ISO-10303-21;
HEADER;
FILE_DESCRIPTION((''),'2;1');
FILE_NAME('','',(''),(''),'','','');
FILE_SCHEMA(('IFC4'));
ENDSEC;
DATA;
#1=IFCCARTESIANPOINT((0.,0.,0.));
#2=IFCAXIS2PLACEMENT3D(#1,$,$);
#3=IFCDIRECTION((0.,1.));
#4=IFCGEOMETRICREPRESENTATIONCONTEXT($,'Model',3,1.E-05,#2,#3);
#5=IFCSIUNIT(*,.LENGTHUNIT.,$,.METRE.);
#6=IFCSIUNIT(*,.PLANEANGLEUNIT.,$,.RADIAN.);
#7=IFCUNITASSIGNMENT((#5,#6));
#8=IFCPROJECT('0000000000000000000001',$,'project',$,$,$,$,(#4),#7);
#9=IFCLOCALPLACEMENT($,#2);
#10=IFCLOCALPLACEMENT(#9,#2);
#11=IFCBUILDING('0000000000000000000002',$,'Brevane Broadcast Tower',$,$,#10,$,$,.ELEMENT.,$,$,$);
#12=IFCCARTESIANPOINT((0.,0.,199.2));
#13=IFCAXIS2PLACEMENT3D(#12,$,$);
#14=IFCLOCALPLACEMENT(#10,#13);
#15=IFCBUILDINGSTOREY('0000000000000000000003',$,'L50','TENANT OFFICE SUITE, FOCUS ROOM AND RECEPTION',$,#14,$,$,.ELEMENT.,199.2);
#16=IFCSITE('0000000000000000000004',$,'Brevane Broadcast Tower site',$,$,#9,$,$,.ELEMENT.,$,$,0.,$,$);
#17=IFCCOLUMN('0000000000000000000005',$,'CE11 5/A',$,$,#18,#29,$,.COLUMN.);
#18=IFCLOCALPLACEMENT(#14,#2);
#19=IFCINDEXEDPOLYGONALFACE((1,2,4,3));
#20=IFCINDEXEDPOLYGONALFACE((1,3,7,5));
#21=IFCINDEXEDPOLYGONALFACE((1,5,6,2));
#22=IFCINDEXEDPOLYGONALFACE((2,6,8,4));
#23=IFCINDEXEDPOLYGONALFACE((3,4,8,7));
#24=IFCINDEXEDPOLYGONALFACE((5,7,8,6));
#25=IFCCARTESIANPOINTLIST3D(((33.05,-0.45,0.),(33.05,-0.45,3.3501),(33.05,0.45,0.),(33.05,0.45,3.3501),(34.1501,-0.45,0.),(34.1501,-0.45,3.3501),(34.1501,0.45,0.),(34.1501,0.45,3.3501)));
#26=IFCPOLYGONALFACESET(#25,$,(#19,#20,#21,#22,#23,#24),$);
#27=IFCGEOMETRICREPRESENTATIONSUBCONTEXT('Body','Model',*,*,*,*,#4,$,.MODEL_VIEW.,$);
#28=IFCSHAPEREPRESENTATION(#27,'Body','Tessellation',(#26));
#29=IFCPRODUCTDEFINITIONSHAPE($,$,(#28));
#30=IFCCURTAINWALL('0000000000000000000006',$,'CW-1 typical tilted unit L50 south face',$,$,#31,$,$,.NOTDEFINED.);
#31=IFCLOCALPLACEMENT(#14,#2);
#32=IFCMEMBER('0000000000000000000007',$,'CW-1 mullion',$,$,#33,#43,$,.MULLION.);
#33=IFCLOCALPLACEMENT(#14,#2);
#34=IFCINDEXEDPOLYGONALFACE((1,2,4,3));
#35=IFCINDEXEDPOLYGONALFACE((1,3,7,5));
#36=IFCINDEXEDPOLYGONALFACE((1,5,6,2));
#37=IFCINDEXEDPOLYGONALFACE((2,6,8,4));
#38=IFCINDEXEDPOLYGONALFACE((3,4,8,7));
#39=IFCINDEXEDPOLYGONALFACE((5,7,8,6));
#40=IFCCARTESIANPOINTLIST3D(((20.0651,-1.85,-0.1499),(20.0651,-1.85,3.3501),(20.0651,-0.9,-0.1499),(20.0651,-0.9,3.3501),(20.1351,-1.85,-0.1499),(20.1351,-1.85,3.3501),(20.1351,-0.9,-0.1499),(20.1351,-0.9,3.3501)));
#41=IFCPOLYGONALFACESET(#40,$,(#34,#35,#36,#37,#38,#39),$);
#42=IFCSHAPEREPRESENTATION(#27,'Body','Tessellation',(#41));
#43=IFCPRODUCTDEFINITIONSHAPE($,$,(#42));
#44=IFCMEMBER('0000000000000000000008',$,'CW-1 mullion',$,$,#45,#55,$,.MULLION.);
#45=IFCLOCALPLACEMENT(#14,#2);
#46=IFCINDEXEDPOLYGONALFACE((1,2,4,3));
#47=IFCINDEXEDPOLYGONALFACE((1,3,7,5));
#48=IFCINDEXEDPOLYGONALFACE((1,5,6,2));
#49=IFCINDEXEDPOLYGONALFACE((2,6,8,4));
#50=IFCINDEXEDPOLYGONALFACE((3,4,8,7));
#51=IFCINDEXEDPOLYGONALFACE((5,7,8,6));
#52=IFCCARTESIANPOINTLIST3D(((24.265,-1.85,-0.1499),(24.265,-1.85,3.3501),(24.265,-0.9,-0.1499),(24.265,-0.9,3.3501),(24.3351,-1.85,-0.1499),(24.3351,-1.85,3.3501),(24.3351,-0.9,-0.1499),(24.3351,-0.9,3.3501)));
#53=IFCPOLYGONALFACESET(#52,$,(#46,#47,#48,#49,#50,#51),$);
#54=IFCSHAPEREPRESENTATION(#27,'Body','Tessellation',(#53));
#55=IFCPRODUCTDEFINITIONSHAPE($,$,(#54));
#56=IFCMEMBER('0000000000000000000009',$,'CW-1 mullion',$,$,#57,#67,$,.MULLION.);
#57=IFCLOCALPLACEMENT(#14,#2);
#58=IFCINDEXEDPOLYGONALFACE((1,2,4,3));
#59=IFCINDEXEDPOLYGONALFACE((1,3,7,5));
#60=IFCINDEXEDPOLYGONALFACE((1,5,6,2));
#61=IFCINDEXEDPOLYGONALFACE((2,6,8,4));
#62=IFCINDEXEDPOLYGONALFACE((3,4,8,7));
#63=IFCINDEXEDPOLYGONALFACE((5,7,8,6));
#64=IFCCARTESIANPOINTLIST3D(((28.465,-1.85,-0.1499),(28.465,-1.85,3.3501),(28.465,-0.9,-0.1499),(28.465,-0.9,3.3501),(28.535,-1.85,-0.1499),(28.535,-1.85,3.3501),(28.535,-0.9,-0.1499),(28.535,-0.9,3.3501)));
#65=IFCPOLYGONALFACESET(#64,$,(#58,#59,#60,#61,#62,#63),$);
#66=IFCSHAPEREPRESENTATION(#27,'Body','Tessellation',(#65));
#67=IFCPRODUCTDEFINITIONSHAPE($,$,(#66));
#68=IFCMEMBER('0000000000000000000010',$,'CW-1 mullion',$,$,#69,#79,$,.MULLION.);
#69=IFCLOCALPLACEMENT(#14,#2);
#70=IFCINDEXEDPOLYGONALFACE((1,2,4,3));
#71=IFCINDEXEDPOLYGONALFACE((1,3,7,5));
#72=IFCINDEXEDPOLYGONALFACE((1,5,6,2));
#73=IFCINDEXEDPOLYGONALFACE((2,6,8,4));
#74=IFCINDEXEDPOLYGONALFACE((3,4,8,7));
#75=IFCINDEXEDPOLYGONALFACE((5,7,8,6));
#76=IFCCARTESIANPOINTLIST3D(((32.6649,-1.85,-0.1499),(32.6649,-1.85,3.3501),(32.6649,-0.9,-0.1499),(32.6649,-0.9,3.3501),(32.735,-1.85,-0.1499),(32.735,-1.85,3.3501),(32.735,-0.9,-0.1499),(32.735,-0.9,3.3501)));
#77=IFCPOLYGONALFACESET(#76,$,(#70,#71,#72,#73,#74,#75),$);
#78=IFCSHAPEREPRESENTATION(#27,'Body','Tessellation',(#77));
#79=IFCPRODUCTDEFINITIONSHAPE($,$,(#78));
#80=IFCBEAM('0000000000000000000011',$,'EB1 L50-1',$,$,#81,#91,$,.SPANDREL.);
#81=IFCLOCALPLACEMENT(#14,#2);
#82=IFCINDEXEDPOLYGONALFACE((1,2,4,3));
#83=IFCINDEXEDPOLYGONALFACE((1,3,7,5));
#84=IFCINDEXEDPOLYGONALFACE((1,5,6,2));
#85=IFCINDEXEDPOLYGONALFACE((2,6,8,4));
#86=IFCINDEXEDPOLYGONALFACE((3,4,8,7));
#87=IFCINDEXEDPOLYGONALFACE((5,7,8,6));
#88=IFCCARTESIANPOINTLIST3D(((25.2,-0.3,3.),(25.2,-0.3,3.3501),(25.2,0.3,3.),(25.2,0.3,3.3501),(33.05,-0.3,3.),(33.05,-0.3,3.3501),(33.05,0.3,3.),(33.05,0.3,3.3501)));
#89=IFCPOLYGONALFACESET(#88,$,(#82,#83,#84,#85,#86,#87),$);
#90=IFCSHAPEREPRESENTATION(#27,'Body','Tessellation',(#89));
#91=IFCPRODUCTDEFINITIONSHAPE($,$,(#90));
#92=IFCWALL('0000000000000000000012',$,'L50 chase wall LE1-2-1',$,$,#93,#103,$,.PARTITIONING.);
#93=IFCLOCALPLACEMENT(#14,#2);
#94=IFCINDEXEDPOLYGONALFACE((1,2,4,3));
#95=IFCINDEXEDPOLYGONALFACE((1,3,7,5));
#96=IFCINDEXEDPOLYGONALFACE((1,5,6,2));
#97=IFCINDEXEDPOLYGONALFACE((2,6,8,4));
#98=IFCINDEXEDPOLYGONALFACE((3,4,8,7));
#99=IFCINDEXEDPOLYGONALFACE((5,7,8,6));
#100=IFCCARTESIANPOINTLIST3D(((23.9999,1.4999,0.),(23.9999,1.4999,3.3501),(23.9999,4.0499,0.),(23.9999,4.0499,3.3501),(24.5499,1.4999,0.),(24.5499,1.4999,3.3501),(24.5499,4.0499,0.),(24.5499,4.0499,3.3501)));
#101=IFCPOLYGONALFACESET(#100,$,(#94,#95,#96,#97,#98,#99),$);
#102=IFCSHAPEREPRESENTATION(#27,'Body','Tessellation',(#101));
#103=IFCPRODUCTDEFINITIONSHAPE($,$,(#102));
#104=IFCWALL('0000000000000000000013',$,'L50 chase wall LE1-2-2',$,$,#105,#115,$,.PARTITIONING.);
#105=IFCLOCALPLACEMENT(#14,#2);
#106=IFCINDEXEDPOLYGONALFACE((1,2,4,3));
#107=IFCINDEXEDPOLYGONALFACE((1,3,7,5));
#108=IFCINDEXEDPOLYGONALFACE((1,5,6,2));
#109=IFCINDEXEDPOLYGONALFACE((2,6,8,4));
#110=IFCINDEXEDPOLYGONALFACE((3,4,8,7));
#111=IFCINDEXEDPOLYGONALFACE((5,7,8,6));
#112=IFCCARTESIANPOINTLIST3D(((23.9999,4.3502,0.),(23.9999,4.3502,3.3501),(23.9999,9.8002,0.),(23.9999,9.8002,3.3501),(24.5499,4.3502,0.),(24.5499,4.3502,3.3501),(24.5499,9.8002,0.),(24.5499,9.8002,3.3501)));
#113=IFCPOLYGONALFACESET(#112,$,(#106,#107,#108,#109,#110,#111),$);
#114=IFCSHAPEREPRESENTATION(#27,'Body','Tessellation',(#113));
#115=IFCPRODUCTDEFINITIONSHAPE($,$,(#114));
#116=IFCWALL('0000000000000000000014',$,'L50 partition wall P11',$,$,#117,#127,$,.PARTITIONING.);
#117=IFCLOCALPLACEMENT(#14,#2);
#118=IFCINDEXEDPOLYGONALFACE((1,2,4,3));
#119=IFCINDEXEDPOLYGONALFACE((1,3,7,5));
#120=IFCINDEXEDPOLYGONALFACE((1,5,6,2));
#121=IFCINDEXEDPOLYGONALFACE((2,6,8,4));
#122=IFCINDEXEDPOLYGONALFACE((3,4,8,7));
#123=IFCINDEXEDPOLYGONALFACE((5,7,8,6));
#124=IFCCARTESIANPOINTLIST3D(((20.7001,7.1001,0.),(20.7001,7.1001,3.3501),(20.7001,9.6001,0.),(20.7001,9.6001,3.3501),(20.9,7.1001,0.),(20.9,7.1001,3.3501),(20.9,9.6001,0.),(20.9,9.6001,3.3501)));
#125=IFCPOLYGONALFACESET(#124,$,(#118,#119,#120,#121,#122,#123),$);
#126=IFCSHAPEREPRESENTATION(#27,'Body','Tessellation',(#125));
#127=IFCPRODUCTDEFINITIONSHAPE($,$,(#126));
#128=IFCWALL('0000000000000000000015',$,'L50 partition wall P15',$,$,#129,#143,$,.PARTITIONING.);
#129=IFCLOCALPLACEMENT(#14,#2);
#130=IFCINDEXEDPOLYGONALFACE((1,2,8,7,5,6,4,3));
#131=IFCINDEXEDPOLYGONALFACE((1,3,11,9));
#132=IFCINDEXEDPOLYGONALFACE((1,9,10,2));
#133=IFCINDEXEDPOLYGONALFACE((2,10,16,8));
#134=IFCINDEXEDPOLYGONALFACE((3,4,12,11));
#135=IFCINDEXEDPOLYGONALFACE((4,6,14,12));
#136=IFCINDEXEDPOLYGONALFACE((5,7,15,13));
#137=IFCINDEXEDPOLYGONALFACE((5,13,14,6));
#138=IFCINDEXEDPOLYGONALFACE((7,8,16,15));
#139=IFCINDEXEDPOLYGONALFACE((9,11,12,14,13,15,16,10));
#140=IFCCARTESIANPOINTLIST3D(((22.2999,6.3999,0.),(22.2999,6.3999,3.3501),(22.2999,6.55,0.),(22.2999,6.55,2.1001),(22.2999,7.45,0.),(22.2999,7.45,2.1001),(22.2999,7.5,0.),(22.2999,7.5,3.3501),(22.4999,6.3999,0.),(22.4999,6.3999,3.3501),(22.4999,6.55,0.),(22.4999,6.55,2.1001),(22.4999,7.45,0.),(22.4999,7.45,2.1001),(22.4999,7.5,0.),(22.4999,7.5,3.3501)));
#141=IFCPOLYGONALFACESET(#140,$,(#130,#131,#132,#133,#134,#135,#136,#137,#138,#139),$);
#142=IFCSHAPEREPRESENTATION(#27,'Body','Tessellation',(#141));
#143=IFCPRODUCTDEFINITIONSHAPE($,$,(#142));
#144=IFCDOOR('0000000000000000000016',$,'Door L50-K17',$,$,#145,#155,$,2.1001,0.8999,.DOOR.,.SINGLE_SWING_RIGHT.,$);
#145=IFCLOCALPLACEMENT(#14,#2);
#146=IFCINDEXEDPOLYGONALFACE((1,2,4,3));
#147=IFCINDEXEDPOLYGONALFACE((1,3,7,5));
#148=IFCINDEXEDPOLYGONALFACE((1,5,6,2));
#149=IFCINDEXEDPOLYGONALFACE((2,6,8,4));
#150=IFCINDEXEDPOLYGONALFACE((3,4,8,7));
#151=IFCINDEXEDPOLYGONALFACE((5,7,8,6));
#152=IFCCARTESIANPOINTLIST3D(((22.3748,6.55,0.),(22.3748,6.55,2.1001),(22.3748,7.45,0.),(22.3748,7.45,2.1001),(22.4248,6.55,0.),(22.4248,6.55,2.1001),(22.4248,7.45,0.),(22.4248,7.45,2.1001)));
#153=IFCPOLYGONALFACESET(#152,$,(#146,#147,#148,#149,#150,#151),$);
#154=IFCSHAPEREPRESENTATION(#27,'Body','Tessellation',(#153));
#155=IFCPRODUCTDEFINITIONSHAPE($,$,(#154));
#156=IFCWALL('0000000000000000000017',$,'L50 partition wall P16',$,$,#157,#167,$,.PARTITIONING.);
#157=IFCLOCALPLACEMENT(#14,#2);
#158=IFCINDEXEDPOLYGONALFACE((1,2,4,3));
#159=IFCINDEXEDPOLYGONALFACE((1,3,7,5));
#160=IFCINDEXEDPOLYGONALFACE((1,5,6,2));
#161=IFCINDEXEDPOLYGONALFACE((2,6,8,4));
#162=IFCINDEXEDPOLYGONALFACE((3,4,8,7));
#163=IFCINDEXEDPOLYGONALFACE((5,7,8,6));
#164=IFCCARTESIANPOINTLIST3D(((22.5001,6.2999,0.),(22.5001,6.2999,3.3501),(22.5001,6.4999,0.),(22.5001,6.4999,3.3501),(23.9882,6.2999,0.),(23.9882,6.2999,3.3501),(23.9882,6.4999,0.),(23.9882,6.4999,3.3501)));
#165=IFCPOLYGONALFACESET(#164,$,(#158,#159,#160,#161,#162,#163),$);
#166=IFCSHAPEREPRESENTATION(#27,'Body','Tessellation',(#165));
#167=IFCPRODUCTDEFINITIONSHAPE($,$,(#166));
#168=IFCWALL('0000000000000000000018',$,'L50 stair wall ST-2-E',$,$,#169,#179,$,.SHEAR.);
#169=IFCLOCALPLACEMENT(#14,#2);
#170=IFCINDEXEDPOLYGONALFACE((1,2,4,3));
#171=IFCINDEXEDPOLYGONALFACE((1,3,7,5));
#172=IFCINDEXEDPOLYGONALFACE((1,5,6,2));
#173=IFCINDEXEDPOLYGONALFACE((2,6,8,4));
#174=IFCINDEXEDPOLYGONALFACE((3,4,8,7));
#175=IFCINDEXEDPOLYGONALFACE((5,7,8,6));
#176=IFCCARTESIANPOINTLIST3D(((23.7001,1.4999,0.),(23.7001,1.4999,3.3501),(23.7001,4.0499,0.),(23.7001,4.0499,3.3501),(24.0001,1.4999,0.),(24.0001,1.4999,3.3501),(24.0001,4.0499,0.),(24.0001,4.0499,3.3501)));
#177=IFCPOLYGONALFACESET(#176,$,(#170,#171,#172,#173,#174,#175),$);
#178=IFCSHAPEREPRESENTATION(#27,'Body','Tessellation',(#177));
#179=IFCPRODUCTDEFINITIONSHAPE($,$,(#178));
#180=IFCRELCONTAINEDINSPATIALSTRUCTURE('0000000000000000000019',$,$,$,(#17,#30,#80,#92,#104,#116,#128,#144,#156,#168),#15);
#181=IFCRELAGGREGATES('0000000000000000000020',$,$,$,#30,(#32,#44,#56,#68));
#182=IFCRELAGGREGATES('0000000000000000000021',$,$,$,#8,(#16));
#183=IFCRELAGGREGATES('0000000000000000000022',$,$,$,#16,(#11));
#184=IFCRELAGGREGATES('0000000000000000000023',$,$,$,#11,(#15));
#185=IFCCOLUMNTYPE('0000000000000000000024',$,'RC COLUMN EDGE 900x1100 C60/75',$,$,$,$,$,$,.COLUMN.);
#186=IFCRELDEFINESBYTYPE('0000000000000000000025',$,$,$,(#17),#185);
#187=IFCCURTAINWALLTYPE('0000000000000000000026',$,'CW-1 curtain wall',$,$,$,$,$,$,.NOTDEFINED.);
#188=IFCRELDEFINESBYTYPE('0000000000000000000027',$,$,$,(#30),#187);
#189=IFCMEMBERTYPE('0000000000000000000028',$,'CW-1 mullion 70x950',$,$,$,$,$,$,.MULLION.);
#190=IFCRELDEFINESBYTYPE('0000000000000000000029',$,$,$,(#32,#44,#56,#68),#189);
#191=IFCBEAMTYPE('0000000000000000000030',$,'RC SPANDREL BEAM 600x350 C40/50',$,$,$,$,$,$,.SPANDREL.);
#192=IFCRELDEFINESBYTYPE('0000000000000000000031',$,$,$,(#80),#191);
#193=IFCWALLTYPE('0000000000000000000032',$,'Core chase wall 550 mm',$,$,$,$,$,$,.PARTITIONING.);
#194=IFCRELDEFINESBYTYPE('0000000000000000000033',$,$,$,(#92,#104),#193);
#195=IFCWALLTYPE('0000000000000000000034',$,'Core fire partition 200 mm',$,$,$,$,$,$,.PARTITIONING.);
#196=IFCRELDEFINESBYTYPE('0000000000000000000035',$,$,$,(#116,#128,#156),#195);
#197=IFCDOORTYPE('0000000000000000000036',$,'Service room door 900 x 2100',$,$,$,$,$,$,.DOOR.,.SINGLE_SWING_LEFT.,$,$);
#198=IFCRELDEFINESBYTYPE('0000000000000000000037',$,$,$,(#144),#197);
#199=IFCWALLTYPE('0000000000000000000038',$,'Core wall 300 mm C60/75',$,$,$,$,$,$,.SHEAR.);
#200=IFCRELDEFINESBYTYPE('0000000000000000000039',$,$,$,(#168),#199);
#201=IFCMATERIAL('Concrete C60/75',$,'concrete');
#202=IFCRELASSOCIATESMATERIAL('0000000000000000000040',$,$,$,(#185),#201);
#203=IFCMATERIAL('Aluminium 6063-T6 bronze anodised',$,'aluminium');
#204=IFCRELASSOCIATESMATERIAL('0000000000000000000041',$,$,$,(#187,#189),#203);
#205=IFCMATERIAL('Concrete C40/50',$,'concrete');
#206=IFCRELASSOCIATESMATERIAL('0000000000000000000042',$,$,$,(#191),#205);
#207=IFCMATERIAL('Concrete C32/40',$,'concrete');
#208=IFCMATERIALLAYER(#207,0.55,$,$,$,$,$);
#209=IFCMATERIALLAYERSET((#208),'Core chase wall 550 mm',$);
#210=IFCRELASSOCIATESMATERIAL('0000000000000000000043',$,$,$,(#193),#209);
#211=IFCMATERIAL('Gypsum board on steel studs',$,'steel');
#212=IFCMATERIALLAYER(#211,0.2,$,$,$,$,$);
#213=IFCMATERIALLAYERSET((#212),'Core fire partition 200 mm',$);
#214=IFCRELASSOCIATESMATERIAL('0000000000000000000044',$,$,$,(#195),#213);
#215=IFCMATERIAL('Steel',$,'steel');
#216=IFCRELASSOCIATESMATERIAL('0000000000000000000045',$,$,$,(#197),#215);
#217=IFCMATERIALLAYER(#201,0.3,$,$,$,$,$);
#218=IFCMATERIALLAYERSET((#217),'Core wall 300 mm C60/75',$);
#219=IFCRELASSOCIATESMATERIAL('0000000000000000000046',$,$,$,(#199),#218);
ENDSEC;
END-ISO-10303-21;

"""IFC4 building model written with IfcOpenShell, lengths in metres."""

from ifc_helpers import new_model, si_unit, direction, frame, frame_2d, origin, origin_2d, place, context, subcontext, project, spatial, rectangle, extrude, material, layer, layer_set, material_profile, profile_set, type_object, element, fill, aggregate, save


model = new_model("IFC4")

# Units and contexts
model_context = context("Model", 3, precision=1e-05, world=origin(), true_north=direction((0.0, 1.0)))
body_context = subcontext(model_context, "Body", "Model", "MODEL_VIEW")
ifc_project = project(units=[si_unit("LENGTHUNIT", "METRE"), si_unit("PLANEANGLEUNIT", "RADIAN")], contexts=[model_context])

# Site, building, storey
site_placement = place(None, origin())
site = spatial("IfcSite", under=ifc_project, at=site_placement, Name="Brevane Broadcast Tower site", CompositionType="ELEMENT", RefElevation=0.0)
building_placement = place(site_placement, origin())
building = spatial("IfcBuilding", under=site, at=building_placement, Name="Brevane Broadcast Tower", CompositionType="ELEMENT")
storey_placement = place(building_placement, frame((0.0, 0.0, 199.2)))
storey = spatial("IfcBuildingStorey", under=building, at=storey_placement, Name="L50", Description="TENANT OFFICE SUITE, FOCUS ROOM AND RECEPTION", CompositionType="ELEMENT", Elevation=199.2)

# Column
ifc_material_1 = material(Name="Concrete C60/75", Category="concrete")
ifc_material_profile_1 = material_profile(ifc_material_1, rectangle(XDim=0.8999, YDim=1.1001, at=origin_2d()), Name="RC 900x1100")
ifc_profile_set_1 = profile_set([ifc_material_profile_1], Name="Concrete C60/75")
column_type = type_object("IfcColumnType", Name="RC COLUMN EDGE 900x1100 C60/75", PredefinedType="COLUMN", material=ifc_profile_set_1)
column_placement = place(storey_placement, frame((33.6001, 0.0, 0.0), z_axis=(0.0, 0.0, 1.0), x_axis=(0.0, 1.0, 0.0)))
element("IfcColumn", 1, at=column_placement, inside=storey, type_object=column_type, Name="CE11 5/A", PredefinedType="COLUMN", context=body_context, shape_type="SweptSolid", body=[
    extrude(rectangle(XDim=0.8999, YDim=1.1001, at=origin_2d()), origin(), (0.0, 0.0, 1.0), 3.3501),
])

# Curtain wall, members
ifc_material_2 = material(Name="Aluminium 6063-T6 bronze anodised", Category="aluminium")
curtain_wall_type = type_object("IfcCurtainWallType", Name="CW-1 curtain wall", PredefinedType="NOTDEFINED", material=ifc_material_2)
curtain_wall_placement = place(storey_placement, origin())
curtain_wall = element("IfcCurtainWall", 2, at=curtain_wall_placement, inside=storey, type_object=curtain_wall_type, Name="CW-1 typical tilted unit L50 south face", PredefinedType="NOTDEFINED")
ifc_material_profile_2 = material_profile(ifc_material_2, rectangle(XDim=0.95, YDim=0.0701, at=origin_2d()), Name="RECT 70x950")
ifc_profile_set_2 = profile_set([ifc_material_profile_2], Name="Aluminium 6063-T6 bronze anodised")
member_type = type_object("IfcMemberType", Name="CW-1 mullion 70x950", PredefinedType="MULLION", material=ifc_profile_set_2)
member_1_placement = place(storey_placement, frame((20.1001, -1.375, -0.1499), z_axis=(0.0, 0.0, 1.0), x_axis=(0.0, 1.0, 0.0)))
member_1 = element("IfcMember", 3, at=member_1_placement, type_object=member_type, Name="CW-1 mullion", PredefinedType="MULLION", context=body_context, shape_type="SweptSolid", body=[
    extrude(rectangle(XDim=0.95, YDim=0.0701, at=origin_2d()), origin(), (0.0, 0.0, 1.0), 3.5),
])
member_2_placement = place(storey_placement, frame((24.3, -1.375, -0.1499), z_axis=(0.0, 0.0, 1.0), x_axis=(0.0, 1.0, 0.0)))
member_2 = element("IfcMember", 4, at=member_2_placement, type_object=member_type, Name="CW-1 mullion", PredefinedType="MULLION", context=body_context, shape_type="SweptSolid", body=[
    extrude(rectangle(XDim=0.95, YDim=0.0701, at=origin_2d()), origin(), (0.0, 0.0, 1.0), 3.5),
])
member_3_placement = place(storey_placement, frame((28.5, -1.375, -0.1499), z_axis=(0.0, 0.0, 1.0), x_axis=(0.0, 1.0, 0.0)))
member_3 = element("IfcMember", 5, at=member_3_placement, type_object=member_type, Name="CW-1 mullion", PredefinedType="MULLION", context=body_context, shape_type="SweptSolid", body=[
    extrude(rectangle(XDim=0.95, YDim=0.0701, at=origin_2d()), origin(), (0.0, 0.0, 1.0), 3.5),
])
member_4_placement = place(storey_placement, frame((32.7, -1.375, -0.1499), z_axis=(0.0, 0.0, 1.0), x_axis=(0.0, 1.0, 0.0)))
member_4 = element("IfcMember", 6, at=member_4_placement, type_object=member_type, Name="CW-1 mullion", PredefinedType="MULLION", context=body_context, shape_type="SweptSolid", body=[
    extrude(rectangle(XDim=0.95, YDim=0.0701, at=origin_2d()), origin(), (0.0, 0.0, 1.0), 3.5),
])
aggregate(curtain_wall, [member_1, member_2, member_3, member_4])

# Beam
ifc_material_3 = material(Name="Concrete C40/50", Category="concrete")
ifc_material_profile_3 = material_profile(ifc_material_3, rectangle(XDim=0.6001, YDim=0.3501, at=origin_2d()), Name="RC 600x350")
ifc_profile_set_3 = profile_set([ifc_material_profile_3], Name="Concrete C40/50")
beam_type = type_object("IfcBeamType", Name="RC SPANDREL BEAM 600x350 C40/50", PredefinedType="SPANDREL", material=ifc_profile_set_3)
beam_placement = place(storey_placement, frame((25.2, 0.0, 3.175), z_axis=(1.0, 0.0, 0.0), x_axis=(0.0, 1.0, 0.0)))
element("IfcBeam", 7, at=beam_placement, inside=storey, type_object=beam_type, Name="EB1 L50-1", PredefinedType="SPANDREL", context=body_context, shape_type="SweptSolid", body=[
    extrude(rectangle(XDim=0.6001, YDim=0.3501, at=origin_2d()), origin(), (0.0, 0.0, 1.0), 7.8501),
])

# Walls
ifc_material_4 = material(Name="Concrete C32/40", Category="concrete")
ifc_layer_1 = layer(ifc_material_4, 0.55)
ifc_layer_set_1 = layer_set([ifc_layer_1], Name="Core chase wall 550 mm")
wall_type_1 = type_object("IfcWallType", Name="Core chase wall 550 mm", PredefinedType="PARTITIONING", material=ifc_layer_set_1)
wall_1_placement = place(storey_placement, frame((24.2749, 1.5, 0.0), z_axis=(0.0, 0.0, 1.0), x_axis=(0.0, 1.0, 0.0)))
element("IfcWall", 8, at=wall_1_placement, inside=storey, type_object=wall_type_1, Name="L50 chase wall LE1-2-1", PredefinedType="PARTITIONING", context=body_context, shape_type="SweptSolid", body=[
    extrude(rectangle(XDim=2.55, YDim=0.55, at=frame_2d((1.2749, 0.0))), origin(), (0.0, 0.0, 1.0), 3.3501),
])
wall_2_placement = place(storey_placement, frame((24.2749, 4.3501, 0.0), z_axis=(0.0, 0.0, 1.0), x_axis=(0.0, 1.0, 0.0)))
element("IfcWall", 9, at=wall_2_placement, inside=storey, type_object=wall_type_1, Name="L50 chase wall LE1-2-2", PredefinedType="PARTITIONING", context=body_context, shape_type="SweptSolid", body=[
    extrude(rectangle(XDim=5.45, YDim=0.55, at=frame_2d((2.7251, 0.0))), origin(), (0.0, 0.0, 1.0), 3.3501),
])
ifc_material_5 = material(Name="Gypsum board on steel studs", Category="steel")
ifc_layer_2 = layer(ifc_material_5, 0.2)
ifc_layer_set_2 = layer_set([ifc_layer_2], Name="Core fire partition 200 mm")
wall_type_2 = type_object("IfcWallType", Name="Core fire partition 200 mm", PredefinedType="PARTITIONING", material=ifc_layer_set_2)
wall_3_placement = place(storey_placement, frame((20.8, 7.1001, 0.0), z_axis=(0.0, 0.0, 1.0), x_axis=(0.0, 1.0, 0.0)))
element("IfcWall", 10, at=wall_3_placement, inside=storey, type_object=wall_type_2, Name="L50 partition wall P11", PredefinedType="PARTITIONING", context=body_context, shape_type="SweptSolid", body=[
    extrude(rectangle(XDim=2.5, YDim=0.2, at=frame_2d((1.25, 0.0))), origin(), (0.0, 0.0, 1.0), 3.3501),
])

# Wall, opening, door
wall_4_placement = place(storey_placement, frame((22.3999, 7.5, 0.0), z_axis=(0.0, 0.0, 1.0), x_axis=(0.0, -1.0, 0.0)))
wall_4 = element("IfcWall", 11, at=wall_4_placement, inside=storey, type_object=wall_type_2, Name="L50 partition wall P15", PredefinedType="PARTITIONING", context=body_context, shape_type="SweptSolid", body=[
    extrude(rectangle(XDim=1.1001, YDim=0.2, at=frame_2d((0.55, 0.0))), origin(), (0.0, 0.0, 1.0), 3.3501),
])
opening_1_placement = place(wall_4_placement, frame((0.05, 0.0, 0.0)))
opening_1 = element("IfcOpeningElement", 12, at=opening_1_placement, cuts=wall_4, PredefinedType="OPENING", context=body_context, shape_type="SweptSolid", body=[
    extrude(rectangle(XDim=0.8999, YDim=2.1001, at=frame_2d((0.45, 1.05))), frame((0.0, 0.1099, 0.0), z_axis=(0.0, -1.0, 0.0), x_axis=(1.0, 0.0, 0.0)), (0.0, 0.0, 1.0), 0.22),
])
ifc_material_6 = material(Name="Steel", Category="steel")
door_type_1 = type_object("IfcDoorType", Name="Service room door 900 x 2100", OperationType="SINGLE_SWING_LEFT", PredefinedType="DOOR", material=ifc_material_6)
door_1_placement = place(opening_1_placement, origin())
door_1 = element("IfcDoor", 13, at=door_1_placement, inside=storey, type_object=door_type_1, Name="Door L50-K17", OperationType="SINGLE_SWING_RIGHT", OverallHeight=2.1001, OverallWidth=0.8999, PredefinedType="DOOR", context=body_context, shape_type="SweptSolid", body=[
    extrude(rectangle(XDim=0.8999, YDim=2.1001, at=frame_2d((0.45, 1.05))), frame((0.0, 0.0249, 0.0), z_axis=(0.0, -1.0, 0.0), x_axis=(1.0, 0.0, 0.0)), (0.0, 0.0, 1.0), 0.05),
])
fill(opening_1, door_1)

# Walls
wall_5_placement = place(storey_placement, frame((22.5, 6.3999, 0.0), z_axis=(0.0, 0.0, 1.0), x_axis=(1.0, 0.0, 0.0)))
element("IfcWall", 14, at=wall_5_placement, inside=storey, type_object=wall_type_2, Name="L50 partition wall P16", PredefinedType="PARTITIONING", context=body_context, shape_type="SweptSolid", body=[
    extrude(rectangle(XDim=1.488, YDim=0.2, at=frame_2d((0.7441, 0.0))), origin(), (0.0, 0.0, 1.0), 3.3501),
])
ifc_layer_3 = layer(ifc_material_1, 0.3)
ifc_layer_set_3 = layer_set([ifc_layer_3], Name="Core wall 300 mm C60/75")
wall_type_3 = type_object("IfcWallType", Name="Core wall 300 mm C60/75", PredefinedType="SHEAR", material=ifc_layer_set_3)
wall_6_placement = place(storey_placement, frame((23.8501, 1.5, 0.0), z_axis=(0.0, 0.0, 1.0), x_axis=(0.0, 1.0, 0.0)))
element("IfcWall", 15, at=wall_6_placement, inside=storey, type_object=wall_type_3, Name="L50 stair wall ST-2-E", PredefinedType="SHEAR", context=body_context, shape_type="SweptSolid", body=[
    extrude(rectangle(XDim=2.55, YDim=0.3, at=frame_2d((1.2749, 0.0))), origin(), (0.0, 0.0, 1.0), 3.3501),
])

save(model, "model.ifc")
